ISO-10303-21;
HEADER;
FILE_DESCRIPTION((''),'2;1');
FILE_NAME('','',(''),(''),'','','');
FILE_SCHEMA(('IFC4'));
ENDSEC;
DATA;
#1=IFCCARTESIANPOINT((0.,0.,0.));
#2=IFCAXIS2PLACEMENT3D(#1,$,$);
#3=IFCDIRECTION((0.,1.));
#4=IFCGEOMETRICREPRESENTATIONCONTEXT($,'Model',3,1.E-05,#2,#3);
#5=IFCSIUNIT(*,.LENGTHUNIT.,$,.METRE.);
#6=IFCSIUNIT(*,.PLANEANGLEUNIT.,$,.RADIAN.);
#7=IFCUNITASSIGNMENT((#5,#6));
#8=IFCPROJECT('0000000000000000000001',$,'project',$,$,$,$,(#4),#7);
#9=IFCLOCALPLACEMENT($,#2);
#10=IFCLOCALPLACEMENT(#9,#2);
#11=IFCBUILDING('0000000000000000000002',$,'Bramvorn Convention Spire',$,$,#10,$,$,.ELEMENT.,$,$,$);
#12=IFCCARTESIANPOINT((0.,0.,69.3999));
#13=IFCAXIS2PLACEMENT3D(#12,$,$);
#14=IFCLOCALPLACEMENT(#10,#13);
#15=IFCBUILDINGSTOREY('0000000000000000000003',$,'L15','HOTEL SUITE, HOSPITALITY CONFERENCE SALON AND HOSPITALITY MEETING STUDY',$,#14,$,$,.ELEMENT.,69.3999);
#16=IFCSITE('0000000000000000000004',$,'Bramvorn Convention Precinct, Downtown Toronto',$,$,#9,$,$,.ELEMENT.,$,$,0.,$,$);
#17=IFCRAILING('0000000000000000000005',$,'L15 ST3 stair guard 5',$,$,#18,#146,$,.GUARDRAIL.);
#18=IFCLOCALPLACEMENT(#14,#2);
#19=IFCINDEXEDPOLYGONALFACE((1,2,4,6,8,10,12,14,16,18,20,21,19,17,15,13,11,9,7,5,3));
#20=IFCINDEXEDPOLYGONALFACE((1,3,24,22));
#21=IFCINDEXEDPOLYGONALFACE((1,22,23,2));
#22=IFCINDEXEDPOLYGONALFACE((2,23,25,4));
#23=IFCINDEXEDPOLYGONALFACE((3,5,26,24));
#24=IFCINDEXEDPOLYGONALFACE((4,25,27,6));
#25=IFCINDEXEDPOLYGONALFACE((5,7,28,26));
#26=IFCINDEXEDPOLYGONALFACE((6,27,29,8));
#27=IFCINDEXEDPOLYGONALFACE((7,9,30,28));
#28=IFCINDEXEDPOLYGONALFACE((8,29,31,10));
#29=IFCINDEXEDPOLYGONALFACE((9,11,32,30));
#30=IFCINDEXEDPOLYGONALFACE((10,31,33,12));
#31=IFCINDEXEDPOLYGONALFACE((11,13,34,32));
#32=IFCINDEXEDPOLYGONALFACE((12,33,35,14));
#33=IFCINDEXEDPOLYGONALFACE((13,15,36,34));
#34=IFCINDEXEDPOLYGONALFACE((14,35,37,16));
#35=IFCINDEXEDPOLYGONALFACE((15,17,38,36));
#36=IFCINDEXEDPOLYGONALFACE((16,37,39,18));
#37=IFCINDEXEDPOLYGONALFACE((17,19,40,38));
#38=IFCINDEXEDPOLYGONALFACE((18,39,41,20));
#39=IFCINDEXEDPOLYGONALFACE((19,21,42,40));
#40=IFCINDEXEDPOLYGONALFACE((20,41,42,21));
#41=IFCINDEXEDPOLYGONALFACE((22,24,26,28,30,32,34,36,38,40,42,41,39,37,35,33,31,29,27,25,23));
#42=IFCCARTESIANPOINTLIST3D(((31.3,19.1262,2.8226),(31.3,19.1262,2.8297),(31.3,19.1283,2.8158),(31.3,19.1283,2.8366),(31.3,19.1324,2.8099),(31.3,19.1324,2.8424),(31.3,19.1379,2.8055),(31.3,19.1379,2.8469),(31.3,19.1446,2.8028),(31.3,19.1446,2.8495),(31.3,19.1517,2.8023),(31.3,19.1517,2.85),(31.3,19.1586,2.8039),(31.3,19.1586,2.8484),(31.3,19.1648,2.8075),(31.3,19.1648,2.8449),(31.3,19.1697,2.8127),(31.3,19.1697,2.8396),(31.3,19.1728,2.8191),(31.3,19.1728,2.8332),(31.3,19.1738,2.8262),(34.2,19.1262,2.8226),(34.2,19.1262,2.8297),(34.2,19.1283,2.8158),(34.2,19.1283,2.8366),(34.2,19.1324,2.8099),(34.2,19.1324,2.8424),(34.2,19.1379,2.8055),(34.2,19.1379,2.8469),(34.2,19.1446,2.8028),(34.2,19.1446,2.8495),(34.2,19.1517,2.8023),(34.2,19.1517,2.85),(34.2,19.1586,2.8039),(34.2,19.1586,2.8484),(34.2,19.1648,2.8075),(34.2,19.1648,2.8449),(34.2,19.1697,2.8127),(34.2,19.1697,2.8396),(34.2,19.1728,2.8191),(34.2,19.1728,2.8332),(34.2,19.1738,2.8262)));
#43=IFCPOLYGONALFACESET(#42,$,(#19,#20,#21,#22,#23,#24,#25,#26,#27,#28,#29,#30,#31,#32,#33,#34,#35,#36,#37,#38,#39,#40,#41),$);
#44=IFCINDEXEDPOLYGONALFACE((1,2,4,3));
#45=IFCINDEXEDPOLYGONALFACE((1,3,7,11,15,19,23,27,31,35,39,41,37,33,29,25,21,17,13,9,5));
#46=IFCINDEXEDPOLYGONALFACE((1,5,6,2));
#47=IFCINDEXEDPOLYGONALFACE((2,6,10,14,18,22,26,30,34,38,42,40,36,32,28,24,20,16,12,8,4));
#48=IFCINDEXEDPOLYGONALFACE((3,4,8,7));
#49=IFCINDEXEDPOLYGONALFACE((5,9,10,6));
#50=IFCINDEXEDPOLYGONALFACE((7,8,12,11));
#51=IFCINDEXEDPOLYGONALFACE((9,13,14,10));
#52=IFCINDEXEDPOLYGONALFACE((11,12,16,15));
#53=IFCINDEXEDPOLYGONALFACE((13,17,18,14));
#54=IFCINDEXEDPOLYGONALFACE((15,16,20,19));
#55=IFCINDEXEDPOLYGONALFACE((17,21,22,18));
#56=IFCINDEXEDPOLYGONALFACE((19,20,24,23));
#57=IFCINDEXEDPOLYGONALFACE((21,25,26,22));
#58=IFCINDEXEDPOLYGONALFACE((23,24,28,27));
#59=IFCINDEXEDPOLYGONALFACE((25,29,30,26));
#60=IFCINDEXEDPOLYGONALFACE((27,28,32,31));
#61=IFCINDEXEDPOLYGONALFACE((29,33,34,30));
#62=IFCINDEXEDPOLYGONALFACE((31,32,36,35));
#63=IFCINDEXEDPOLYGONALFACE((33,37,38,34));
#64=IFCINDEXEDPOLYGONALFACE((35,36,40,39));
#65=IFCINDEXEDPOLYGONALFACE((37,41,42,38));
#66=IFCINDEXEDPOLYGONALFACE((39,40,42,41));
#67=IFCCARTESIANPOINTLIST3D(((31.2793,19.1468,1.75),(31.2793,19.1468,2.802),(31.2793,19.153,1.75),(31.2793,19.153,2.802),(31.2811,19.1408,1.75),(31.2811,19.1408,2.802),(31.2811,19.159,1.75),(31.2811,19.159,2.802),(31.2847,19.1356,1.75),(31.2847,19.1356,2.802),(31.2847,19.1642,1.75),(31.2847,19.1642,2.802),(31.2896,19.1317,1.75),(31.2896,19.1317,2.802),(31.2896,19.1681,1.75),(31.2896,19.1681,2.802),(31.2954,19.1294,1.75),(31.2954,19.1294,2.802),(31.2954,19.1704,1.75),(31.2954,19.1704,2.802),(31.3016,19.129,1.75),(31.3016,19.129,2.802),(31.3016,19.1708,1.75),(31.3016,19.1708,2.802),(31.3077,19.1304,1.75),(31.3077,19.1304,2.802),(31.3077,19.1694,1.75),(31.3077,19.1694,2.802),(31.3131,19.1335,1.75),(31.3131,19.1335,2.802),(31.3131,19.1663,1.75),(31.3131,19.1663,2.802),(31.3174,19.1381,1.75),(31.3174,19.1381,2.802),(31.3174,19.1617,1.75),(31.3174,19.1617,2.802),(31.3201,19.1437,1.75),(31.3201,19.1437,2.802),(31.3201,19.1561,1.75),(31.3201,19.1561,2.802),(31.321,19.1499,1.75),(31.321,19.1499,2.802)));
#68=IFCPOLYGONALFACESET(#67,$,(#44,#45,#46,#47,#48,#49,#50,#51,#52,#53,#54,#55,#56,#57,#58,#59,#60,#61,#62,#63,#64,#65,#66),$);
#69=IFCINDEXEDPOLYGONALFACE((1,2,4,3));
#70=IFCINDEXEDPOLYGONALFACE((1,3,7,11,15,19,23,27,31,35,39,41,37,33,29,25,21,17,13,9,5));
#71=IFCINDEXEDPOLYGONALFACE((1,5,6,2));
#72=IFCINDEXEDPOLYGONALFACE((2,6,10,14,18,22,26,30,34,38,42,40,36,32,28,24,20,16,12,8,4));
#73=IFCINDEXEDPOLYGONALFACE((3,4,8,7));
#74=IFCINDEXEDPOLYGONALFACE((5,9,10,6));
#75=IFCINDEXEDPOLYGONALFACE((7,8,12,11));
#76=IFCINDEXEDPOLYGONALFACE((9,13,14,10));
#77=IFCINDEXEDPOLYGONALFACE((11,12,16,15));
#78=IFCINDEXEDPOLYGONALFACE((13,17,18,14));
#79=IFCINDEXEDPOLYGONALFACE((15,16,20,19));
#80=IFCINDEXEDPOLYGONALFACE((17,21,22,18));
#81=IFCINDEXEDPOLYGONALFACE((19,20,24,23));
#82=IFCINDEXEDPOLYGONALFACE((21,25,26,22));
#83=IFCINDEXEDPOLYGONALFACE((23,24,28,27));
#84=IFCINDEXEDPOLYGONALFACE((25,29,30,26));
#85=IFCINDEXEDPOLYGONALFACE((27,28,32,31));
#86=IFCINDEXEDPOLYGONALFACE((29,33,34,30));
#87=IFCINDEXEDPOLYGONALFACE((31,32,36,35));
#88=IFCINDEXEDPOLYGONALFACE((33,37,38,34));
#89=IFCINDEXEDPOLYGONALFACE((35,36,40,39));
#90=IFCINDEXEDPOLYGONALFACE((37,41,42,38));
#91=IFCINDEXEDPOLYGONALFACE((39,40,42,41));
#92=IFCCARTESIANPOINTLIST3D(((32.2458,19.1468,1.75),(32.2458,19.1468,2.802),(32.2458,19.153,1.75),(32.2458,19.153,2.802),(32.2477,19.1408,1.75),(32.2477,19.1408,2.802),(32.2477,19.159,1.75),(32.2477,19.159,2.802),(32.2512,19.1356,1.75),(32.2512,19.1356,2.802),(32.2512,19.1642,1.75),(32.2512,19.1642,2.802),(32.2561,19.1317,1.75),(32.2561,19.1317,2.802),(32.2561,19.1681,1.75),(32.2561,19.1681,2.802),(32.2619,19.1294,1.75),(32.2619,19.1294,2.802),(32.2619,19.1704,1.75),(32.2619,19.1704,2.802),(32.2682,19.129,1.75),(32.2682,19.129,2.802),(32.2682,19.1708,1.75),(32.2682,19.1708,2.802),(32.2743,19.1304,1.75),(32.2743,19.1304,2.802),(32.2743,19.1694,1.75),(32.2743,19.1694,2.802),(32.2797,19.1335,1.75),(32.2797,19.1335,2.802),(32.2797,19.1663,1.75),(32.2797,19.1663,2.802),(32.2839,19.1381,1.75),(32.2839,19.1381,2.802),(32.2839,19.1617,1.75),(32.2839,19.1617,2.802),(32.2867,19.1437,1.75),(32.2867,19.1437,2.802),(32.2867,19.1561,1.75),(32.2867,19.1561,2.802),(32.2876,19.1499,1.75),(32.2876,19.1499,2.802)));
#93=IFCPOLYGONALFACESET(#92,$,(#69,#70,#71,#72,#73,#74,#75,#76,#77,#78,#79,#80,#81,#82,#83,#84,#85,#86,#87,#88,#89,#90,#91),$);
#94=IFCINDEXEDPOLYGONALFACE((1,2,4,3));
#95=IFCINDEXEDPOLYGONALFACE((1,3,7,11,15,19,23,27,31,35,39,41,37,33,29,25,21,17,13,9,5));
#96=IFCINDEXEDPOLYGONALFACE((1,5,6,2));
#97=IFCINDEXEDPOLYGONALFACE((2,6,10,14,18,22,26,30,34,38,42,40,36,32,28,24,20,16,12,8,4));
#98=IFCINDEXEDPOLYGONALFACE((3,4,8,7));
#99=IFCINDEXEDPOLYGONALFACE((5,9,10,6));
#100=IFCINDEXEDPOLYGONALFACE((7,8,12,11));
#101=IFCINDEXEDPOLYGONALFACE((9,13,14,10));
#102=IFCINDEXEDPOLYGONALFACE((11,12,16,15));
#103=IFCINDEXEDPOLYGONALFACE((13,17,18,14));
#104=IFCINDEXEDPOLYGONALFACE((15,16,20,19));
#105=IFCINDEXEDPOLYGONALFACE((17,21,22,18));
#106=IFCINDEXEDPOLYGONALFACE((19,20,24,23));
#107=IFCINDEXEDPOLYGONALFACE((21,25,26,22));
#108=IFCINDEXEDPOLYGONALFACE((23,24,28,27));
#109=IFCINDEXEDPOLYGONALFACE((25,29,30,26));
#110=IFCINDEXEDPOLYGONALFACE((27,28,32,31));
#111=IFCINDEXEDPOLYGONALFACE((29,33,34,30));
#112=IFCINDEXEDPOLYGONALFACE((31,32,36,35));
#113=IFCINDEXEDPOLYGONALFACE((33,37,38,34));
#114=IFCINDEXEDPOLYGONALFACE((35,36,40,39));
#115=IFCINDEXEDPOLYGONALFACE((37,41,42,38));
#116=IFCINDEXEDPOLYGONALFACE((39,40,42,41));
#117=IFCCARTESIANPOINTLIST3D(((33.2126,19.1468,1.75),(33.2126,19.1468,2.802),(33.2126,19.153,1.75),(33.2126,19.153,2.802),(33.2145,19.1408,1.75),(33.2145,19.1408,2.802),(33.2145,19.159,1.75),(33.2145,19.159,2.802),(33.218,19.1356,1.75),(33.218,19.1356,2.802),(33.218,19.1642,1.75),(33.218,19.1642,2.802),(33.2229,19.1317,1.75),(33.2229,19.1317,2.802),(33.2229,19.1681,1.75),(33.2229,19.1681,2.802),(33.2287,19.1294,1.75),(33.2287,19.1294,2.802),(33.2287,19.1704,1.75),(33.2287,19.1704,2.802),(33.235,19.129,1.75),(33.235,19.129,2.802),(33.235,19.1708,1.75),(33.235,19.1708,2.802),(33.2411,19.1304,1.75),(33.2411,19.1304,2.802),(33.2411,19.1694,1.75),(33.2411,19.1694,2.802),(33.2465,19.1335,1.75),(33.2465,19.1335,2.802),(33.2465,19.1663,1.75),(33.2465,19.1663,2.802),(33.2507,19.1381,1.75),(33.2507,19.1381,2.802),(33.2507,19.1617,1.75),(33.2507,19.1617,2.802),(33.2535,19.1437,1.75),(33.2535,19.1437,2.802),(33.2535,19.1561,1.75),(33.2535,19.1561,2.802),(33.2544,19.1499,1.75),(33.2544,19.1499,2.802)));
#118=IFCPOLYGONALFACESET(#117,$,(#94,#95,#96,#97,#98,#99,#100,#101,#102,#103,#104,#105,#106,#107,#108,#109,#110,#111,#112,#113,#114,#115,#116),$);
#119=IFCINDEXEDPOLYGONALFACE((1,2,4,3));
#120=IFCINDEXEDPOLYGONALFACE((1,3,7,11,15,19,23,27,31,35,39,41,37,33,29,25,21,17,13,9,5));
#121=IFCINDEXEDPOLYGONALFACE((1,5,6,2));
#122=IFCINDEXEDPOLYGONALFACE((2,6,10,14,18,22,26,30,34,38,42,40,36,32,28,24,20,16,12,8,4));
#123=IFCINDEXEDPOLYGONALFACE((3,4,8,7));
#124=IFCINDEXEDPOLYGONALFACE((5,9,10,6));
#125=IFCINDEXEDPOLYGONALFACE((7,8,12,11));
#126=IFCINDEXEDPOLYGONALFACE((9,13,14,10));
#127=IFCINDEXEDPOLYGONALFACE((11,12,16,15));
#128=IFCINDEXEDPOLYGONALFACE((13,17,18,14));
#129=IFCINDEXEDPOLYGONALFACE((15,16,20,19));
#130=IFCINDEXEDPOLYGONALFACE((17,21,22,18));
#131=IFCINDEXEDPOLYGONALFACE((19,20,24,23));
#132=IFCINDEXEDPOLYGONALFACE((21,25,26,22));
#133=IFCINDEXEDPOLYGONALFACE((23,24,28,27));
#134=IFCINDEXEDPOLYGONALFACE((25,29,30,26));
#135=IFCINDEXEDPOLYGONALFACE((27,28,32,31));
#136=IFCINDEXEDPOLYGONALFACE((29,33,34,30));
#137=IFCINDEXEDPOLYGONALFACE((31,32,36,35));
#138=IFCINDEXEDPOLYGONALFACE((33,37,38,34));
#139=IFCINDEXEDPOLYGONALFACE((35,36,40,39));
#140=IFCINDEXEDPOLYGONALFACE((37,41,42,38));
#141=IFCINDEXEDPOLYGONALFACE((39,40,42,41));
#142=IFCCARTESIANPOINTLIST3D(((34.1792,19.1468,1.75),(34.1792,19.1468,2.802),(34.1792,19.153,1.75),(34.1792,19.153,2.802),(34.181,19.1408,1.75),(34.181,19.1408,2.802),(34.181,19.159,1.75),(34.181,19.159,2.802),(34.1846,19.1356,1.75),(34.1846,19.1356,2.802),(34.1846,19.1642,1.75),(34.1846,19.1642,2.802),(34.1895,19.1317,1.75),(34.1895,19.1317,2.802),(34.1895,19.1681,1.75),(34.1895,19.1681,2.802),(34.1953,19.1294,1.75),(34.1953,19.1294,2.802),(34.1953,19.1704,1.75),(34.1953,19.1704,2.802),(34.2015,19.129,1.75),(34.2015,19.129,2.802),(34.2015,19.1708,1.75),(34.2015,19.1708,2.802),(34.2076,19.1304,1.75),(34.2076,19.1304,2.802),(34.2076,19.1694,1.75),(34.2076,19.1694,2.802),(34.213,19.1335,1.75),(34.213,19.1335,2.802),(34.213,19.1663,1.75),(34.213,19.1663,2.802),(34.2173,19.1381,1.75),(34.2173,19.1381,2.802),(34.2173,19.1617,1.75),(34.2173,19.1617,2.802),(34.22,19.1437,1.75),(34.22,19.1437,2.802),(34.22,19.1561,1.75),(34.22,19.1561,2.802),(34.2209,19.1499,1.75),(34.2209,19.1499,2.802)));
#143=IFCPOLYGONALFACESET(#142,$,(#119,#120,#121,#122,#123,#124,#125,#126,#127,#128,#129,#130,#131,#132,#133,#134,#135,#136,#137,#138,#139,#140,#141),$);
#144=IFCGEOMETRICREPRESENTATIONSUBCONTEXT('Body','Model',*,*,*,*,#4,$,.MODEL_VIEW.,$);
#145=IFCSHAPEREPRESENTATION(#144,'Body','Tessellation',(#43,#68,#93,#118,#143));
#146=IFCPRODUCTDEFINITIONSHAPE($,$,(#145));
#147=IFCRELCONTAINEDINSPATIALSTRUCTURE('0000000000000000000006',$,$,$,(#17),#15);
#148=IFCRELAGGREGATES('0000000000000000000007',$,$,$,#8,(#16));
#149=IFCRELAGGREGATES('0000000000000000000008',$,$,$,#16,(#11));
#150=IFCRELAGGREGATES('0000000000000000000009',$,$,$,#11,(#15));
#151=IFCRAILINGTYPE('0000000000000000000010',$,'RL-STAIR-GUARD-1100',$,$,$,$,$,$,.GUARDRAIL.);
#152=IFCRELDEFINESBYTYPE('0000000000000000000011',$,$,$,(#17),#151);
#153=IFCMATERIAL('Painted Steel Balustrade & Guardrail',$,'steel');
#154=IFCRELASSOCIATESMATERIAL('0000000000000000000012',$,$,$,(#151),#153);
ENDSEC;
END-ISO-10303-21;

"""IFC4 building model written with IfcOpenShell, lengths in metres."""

from ifc_helpers import new_model, si_unit, direction, frame, origin, origin_2d, place, context, subcontext, project, spatial, circle, extrude, material, type_object, element, save


model = new_model("IFC4")

# Units and contexts
model_context = context("Model", 3, precision=1e-05, world=origin(), true_north=direction((0.0, 1.0)))
body_context = subcontext(model_context, "Body", "Model", "MODEL_VIEW")
ifc_project = project(units=[si_unit("LENGTHUNIT", "METRE"), si_unit("PLANEANGLEUNIT", "RADIAN")], contexts=[model_context])

# Site, building, storey
site_placement = place(None, origin())
site = spatial("IfcSite", under=ifc_project, at=site_placement, Name="Bramvorn Convention Precinct, Downtown Toronto", CompositionType="ELEMENT", RefElevation=0.0)
building_placement = place(site_placement, origin())
building = spatial("IfcBuilding", under=site, at=building_placement, Name="Bramvorn Convention Spire", CompositionType="ELEMENT")
storey_placement = place(building_placement, frame((0.0, 0.0, 69.3999)))
storey = spatial("IfcBuildingStorey", under=building, at=storey_placement, Name="L15", Description="HOTEL SUITE, HOSPITALITY CONFERENCE SALON AND HOSPITALITY MEETING STUDY", CompositionType="ELEMENT", Elevation=69.3999)

# Railing
ifc_material_1 = material(Name="Painted Steel Balustrade & Guardrail", Category="steel")
railing_type_1 = type_object("IfcRailingType", Name="RL-STAIR-GUARD-1100", PredefinedType="GUARDRAIL", material=ifc_material_1)
railing_1_placement = place(storey_placement, frame((31.3, 19.1499, 1.75)))
element("IfcRailing", 1, at=railing_1_placement, inside=storey, type_object=railing_type_1, Name="L15 ST3 stair guard 5", PredefinedType="GUARDRAIL", context=body_context, shape_type="SweptSolid", body=[
    extrude(circle(Radius=0.0239, at=origin_2d()), frame((0.0, 0.0, 1.0762), z_axis=(1.0, 0.0, 0.0), x_axis=(0.0, 1.0, 0.0)), (0.0, 0.0, 1.0), 2.8999),
    extrude(circle(Radius=0.021, at=origin_2d()), origin(), (0.0, 0.0, 1.0), 1.052),
    extrude(circle(Radius=0.021, at=origin_2d()), frame((0.9666, 0.0, 0.0)), (0.0, 0.0, 1.0), 1.052),
    extrude(circle(Radius=0.021, at=origin_2d()), frame((1.9333, 0.0, 0.0)), (0.0, 0.0, 1.0), 1.052),
    extrude(circle(Radius=0.021, at=origin_2d()), frame((2.8999, 0.0, 0.0)), (0.0, 0.0, 1.0), 1.052),
])

save(model, "model.ifc")
